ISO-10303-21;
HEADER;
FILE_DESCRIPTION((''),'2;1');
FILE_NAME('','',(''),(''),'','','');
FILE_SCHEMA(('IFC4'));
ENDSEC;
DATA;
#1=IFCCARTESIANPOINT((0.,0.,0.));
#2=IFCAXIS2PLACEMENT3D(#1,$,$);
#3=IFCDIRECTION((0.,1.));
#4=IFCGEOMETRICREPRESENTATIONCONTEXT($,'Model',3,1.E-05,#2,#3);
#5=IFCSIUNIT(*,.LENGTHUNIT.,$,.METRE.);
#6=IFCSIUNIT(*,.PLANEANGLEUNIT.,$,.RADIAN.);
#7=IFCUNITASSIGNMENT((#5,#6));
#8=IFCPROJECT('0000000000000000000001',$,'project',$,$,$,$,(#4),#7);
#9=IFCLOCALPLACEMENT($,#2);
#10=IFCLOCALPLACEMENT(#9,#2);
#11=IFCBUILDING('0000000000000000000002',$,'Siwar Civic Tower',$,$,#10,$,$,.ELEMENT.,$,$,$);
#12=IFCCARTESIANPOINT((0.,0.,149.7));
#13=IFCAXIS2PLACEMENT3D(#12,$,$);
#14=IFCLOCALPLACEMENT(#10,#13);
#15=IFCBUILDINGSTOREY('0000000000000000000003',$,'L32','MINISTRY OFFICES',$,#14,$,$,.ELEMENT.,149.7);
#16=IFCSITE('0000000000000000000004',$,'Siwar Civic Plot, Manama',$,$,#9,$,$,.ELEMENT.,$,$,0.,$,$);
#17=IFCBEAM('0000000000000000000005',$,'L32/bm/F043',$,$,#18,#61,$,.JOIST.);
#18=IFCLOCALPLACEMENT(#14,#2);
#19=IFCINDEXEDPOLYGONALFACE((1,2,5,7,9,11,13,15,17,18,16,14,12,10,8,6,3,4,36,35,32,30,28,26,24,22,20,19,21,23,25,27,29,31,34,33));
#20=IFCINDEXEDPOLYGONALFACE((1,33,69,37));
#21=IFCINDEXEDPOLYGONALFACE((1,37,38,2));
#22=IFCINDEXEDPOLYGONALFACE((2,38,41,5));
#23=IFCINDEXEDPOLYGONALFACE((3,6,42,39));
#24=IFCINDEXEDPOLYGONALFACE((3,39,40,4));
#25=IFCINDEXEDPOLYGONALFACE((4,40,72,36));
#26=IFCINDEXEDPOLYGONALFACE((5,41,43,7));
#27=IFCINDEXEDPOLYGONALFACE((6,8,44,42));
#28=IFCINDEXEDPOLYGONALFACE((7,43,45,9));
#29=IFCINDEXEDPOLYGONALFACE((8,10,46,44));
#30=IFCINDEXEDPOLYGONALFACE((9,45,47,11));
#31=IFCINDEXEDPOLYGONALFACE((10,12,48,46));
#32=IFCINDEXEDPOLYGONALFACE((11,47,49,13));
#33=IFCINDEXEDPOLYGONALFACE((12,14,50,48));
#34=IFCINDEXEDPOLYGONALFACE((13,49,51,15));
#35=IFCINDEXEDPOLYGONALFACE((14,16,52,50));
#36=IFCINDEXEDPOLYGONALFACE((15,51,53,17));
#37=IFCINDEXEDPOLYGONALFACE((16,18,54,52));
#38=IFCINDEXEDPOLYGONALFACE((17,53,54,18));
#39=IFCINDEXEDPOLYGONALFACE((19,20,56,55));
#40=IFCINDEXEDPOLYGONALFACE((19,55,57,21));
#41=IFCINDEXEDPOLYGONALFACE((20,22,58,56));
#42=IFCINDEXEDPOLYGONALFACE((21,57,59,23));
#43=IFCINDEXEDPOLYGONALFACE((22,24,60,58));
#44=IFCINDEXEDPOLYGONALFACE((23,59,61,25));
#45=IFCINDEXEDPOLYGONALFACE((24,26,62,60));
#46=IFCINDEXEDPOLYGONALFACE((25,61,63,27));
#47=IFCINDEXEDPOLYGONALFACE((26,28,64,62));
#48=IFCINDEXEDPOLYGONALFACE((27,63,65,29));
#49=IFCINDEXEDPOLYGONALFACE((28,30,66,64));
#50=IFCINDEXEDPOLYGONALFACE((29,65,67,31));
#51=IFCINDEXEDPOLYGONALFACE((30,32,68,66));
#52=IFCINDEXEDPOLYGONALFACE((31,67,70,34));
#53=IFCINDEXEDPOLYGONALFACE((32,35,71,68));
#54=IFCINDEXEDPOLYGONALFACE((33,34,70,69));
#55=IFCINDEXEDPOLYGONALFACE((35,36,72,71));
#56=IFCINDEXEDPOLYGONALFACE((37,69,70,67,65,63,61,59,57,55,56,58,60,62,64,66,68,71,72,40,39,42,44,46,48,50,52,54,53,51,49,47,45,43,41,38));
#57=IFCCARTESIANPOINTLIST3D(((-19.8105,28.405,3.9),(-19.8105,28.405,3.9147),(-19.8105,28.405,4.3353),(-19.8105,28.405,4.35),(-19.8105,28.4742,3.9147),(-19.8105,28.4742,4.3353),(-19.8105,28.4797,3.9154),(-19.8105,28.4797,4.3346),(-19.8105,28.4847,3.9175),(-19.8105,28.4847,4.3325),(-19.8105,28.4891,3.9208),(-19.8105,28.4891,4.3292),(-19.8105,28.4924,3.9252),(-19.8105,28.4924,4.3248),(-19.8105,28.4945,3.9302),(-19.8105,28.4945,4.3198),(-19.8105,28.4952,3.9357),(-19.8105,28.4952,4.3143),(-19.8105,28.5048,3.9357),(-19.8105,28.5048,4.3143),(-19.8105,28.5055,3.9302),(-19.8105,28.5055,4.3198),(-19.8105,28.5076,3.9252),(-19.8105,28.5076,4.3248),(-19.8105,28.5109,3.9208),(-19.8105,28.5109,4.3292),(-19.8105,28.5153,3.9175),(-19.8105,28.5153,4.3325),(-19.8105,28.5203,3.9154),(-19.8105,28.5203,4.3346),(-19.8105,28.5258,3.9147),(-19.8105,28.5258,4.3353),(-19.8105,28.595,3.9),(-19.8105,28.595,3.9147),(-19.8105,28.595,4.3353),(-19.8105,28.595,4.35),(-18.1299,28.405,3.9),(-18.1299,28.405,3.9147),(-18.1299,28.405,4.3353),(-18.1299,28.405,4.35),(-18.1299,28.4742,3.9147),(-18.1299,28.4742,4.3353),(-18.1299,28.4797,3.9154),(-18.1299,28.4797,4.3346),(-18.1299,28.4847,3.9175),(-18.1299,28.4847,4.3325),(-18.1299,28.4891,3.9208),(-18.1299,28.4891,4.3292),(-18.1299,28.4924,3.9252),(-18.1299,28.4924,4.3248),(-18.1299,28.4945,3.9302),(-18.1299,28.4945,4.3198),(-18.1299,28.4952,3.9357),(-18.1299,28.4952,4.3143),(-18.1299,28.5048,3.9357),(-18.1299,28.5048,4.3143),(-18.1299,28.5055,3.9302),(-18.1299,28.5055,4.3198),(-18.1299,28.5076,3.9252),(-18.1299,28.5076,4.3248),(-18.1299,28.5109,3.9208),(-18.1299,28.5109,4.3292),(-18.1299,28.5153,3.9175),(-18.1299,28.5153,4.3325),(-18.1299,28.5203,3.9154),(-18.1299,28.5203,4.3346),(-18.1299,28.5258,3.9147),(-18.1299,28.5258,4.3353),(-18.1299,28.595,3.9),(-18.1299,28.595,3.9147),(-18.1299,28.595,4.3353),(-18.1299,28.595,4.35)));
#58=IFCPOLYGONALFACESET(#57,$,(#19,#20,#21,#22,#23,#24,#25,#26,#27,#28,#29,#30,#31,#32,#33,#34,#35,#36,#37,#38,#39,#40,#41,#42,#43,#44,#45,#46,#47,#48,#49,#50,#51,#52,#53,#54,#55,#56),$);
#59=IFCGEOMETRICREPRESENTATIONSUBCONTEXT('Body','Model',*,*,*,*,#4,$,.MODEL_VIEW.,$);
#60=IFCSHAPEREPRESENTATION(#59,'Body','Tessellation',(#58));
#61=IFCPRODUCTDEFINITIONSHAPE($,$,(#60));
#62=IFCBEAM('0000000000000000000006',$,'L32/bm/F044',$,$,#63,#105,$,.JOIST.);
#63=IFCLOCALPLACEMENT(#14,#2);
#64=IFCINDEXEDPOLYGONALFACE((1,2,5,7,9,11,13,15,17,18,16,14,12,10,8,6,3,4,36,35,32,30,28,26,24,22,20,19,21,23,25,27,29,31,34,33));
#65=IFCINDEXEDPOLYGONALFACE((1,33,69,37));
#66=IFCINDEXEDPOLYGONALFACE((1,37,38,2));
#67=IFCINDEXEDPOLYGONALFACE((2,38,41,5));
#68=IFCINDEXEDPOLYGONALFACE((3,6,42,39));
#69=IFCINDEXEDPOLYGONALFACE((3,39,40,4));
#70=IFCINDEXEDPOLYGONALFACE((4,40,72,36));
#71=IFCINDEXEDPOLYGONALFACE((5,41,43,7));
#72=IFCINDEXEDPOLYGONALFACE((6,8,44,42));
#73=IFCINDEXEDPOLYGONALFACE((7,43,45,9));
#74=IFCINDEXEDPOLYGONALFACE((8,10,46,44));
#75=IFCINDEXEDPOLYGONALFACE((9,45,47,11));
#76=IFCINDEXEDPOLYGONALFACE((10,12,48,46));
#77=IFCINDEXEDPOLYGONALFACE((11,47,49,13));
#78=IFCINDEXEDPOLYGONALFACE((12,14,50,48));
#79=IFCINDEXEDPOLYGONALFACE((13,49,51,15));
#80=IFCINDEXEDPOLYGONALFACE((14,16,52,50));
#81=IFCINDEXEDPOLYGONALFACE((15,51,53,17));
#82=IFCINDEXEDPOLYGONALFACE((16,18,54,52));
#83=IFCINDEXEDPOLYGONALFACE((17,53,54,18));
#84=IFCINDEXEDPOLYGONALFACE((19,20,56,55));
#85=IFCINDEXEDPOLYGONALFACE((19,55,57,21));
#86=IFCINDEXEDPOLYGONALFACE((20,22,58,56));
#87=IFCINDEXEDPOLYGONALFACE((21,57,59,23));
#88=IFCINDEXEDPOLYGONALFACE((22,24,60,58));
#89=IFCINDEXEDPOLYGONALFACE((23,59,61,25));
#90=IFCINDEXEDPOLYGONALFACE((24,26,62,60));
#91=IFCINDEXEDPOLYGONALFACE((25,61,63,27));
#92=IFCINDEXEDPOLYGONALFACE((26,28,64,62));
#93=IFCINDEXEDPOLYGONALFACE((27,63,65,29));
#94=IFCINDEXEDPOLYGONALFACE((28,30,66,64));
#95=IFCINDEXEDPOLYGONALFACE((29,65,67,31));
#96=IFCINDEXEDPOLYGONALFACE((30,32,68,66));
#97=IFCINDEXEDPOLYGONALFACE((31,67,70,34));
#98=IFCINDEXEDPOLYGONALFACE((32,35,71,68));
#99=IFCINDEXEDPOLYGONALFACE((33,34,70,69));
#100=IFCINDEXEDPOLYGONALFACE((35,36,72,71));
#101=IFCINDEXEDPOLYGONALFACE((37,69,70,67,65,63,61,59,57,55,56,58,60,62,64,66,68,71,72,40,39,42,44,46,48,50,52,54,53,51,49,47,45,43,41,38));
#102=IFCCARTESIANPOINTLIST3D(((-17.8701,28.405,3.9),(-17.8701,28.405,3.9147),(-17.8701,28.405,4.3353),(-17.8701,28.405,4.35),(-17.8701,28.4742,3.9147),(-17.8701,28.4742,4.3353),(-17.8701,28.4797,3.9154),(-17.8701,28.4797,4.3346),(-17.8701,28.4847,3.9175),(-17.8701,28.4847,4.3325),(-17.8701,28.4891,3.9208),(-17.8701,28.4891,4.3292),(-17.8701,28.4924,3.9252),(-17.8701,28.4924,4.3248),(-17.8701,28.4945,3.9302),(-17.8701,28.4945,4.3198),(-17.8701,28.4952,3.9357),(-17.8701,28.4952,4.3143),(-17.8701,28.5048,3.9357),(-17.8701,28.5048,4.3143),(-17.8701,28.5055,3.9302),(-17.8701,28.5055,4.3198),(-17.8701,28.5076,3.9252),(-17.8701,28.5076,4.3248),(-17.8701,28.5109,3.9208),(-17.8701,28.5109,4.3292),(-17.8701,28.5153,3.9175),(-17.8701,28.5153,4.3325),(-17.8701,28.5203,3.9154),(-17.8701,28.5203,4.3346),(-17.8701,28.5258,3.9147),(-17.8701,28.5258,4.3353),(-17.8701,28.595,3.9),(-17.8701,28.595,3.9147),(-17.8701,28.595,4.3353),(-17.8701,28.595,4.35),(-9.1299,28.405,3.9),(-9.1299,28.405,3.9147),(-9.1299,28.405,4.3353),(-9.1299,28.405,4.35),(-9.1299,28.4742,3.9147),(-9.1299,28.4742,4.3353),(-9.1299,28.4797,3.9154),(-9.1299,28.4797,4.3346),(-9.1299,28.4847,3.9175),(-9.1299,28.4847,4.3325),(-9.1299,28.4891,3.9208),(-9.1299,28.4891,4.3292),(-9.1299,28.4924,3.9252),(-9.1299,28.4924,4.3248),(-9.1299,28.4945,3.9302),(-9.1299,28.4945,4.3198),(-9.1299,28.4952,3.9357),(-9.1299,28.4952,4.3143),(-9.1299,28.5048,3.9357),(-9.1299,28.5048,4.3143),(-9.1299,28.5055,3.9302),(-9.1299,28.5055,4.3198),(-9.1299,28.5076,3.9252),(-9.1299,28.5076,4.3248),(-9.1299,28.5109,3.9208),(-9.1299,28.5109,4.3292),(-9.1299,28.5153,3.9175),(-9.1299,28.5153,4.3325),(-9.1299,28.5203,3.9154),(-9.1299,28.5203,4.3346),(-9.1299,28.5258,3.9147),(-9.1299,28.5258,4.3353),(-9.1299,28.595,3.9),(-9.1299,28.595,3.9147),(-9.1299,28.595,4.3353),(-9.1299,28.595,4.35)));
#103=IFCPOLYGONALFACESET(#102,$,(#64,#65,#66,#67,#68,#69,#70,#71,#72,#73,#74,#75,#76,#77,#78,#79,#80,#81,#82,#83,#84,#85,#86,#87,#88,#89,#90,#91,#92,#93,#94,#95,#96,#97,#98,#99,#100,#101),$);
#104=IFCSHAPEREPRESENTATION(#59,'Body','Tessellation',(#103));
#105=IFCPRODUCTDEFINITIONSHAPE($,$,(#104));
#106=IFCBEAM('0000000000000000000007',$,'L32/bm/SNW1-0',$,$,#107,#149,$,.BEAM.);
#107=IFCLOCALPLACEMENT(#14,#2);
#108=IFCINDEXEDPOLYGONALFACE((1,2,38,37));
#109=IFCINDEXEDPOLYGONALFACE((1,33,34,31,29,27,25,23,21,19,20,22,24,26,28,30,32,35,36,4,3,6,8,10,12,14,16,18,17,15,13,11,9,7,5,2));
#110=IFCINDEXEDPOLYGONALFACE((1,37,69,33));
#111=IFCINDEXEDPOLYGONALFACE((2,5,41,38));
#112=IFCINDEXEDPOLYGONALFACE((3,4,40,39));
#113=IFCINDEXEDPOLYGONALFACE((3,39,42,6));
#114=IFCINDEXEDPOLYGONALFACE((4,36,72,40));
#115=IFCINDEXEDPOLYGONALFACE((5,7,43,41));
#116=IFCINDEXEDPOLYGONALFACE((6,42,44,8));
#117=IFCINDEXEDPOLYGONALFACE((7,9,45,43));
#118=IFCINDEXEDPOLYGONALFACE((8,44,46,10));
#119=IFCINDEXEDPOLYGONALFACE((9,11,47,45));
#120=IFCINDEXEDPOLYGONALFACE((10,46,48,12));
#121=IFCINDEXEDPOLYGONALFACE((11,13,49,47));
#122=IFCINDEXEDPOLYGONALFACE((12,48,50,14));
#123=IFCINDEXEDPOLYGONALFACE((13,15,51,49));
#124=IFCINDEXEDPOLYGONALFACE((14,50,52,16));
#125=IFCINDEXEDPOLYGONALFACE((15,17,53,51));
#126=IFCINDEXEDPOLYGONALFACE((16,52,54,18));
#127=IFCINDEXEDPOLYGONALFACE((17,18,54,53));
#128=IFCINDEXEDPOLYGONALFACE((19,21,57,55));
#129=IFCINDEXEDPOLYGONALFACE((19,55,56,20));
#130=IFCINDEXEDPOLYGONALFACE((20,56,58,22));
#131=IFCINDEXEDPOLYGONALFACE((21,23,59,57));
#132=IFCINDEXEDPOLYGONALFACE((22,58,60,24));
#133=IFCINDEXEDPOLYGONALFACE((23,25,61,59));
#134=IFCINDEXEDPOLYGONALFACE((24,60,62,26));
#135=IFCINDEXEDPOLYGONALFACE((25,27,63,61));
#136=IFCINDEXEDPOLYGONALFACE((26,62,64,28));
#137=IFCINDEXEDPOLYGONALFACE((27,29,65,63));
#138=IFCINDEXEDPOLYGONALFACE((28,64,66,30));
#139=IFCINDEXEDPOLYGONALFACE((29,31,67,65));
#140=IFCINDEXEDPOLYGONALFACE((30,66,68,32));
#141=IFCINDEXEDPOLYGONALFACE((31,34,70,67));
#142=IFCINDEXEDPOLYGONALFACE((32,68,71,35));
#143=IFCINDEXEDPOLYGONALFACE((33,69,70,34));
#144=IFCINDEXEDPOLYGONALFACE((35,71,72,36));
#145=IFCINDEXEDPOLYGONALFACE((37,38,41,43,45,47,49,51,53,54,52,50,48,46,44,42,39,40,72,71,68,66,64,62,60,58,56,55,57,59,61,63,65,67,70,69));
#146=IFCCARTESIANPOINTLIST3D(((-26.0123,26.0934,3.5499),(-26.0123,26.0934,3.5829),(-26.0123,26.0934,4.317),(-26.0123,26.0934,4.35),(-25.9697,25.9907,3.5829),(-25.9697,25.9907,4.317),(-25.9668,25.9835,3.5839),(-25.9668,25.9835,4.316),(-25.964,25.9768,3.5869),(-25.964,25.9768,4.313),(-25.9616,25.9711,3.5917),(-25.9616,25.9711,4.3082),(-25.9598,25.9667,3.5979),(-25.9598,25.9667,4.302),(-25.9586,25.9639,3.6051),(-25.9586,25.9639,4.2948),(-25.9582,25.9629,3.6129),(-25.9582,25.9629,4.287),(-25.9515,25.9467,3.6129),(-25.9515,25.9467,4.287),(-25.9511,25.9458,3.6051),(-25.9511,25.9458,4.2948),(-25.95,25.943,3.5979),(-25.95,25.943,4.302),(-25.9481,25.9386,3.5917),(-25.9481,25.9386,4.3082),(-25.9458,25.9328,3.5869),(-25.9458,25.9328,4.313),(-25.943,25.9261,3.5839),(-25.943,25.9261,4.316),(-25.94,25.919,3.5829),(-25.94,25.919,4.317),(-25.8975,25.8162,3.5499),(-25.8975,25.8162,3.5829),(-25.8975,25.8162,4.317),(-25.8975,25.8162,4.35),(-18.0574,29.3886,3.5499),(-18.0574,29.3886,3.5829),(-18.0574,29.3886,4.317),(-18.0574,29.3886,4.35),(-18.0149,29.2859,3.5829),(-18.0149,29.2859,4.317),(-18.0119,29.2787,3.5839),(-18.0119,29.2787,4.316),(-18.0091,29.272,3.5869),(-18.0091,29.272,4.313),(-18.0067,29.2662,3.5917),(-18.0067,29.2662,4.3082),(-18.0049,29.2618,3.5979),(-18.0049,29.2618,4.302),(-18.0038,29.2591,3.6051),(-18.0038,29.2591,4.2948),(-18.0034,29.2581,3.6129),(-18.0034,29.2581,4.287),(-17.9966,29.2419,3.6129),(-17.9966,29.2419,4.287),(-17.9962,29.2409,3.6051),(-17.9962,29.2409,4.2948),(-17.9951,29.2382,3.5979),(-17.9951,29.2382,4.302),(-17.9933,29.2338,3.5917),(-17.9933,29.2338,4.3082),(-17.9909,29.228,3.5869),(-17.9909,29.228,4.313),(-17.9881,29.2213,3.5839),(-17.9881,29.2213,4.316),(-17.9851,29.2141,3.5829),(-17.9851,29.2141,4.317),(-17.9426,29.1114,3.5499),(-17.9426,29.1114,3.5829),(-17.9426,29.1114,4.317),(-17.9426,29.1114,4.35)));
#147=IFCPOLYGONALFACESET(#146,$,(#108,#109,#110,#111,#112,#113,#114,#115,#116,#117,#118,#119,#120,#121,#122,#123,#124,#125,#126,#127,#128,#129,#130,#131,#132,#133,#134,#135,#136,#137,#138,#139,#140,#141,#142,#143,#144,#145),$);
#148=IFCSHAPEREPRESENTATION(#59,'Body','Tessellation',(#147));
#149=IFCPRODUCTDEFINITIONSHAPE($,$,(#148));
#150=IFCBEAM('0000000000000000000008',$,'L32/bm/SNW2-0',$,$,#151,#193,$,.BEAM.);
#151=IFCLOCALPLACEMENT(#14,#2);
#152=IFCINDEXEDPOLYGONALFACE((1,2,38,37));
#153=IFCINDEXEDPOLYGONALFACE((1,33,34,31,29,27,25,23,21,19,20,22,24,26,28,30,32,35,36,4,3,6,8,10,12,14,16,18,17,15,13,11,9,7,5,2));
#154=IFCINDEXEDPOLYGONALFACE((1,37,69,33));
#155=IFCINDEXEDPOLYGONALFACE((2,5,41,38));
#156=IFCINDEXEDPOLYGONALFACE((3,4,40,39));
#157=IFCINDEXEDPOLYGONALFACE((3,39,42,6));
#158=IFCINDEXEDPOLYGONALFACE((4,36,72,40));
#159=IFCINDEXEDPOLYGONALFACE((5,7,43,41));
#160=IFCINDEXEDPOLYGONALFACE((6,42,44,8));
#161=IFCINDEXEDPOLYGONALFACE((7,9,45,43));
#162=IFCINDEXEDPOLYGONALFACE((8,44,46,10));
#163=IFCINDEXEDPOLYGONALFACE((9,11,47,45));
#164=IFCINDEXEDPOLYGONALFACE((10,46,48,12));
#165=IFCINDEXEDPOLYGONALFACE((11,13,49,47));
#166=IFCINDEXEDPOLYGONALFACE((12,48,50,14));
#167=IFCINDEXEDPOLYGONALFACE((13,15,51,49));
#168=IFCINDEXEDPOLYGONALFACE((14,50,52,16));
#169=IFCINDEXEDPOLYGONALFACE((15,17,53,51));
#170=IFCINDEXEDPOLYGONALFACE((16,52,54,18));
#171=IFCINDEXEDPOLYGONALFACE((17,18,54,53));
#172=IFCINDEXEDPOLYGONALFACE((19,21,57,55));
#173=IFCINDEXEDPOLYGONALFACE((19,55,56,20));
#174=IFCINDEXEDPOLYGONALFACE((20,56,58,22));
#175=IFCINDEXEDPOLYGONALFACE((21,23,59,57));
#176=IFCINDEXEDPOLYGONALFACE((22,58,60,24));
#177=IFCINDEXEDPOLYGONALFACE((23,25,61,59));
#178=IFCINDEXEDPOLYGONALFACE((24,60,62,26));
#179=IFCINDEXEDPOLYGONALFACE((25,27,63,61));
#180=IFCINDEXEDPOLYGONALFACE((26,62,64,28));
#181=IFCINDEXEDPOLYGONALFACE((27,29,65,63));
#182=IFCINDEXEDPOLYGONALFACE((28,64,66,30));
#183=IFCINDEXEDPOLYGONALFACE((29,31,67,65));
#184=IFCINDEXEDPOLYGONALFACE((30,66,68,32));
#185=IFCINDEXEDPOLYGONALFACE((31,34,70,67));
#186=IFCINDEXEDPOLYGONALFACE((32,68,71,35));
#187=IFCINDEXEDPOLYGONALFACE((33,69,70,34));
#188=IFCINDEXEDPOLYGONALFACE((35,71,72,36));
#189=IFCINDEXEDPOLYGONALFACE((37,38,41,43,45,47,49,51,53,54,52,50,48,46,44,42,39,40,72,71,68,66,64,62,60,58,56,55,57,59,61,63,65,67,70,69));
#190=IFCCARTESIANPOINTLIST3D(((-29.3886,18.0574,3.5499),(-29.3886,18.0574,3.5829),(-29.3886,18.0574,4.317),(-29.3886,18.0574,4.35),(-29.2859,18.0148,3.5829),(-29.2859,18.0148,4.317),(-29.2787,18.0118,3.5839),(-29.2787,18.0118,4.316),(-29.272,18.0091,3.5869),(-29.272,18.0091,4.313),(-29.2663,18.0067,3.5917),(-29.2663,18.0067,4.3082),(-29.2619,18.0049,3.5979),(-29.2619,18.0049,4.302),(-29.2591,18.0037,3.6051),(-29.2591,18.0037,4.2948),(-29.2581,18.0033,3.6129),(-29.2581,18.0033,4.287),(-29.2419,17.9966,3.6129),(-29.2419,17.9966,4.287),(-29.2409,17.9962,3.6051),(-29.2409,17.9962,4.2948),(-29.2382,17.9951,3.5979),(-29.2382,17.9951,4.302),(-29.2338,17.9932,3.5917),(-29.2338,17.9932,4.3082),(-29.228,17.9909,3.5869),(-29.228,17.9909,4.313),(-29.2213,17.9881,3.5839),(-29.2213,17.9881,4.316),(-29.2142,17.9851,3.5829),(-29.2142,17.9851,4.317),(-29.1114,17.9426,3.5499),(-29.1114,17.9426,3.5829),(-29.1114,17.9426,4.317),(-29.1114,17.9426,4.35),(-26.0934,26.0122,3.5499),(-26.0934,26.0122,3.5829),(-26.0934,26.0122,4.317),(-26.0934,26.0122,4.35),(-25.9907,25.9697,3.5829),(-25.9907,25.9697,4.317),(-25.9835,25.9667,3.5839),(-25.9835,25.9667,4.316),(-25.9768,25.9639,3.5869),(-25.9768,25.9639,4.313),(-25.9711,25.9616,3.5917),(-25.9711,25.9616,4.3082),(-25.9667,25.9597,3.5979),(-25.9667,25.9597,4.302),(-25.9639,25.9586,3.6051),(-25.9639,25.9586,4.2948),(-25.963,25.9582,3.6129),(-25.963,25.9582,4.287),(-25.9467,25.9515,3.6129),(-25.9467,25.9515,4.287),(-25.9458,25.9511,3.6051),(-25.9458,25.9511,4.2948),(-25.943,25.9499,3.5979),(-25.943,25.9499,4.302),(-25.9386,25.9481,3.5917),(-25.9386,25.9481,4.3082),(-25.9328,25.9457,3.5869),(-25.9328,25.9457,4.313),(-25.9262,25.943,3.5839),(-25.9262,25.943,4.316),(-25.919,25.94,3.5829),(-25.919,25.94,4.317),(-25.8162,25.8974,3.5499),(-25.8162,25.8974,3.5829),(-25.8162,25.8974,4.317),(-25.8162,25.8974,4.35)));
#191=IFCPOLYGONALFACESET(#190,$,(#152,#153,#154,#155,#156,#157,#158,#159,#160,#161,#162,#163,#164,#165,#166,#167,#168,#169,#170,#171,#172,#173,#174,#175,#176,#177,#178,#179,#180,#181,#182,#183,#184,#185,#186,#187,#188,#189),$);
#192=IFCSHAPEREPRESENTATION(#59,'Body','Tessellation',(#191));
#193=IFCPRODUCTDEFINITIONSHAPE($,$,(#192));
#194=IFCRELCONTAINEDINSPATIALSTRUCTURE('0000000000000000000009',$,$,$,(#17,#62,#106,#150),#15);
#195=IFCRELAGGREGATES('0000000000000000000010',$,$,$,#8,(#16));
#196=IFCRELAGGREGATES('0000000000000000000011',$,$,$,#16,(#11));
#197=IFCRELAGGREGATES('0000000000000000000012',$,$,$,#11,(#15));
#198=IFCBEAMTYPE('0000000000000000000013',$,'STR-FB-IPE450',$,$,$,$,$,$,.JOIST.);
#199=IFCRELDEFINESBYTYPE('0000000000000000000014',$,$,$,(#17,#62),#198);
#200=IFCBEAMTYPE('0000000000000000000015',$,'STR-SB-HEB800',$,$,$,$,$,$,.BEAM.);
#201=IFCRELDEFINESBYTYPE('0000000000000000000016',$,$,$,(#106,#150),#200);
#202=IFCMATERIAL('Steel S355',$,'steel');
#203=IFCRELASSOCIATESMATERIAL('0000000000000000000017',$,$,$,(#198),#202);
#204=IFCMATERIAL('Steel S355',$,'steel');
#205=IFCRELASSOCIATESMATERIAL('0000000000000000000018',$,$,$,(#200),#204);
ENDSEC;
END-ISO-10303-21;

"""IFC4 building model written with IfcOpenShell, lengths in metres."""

from ifc_helpers import new_model, si_unit, direction, frame, origin, origin_2d, place, context, subcontext, project, spatial, i_section, extrude, material, material_profile, profile_set, type_object, element, save


model = new_model("IFC4")

# Units and contexts
model_context = context("Model", 3, precision=1e-05, world=origin(), true_north=direction((0.0, 1.0)))
body_context = subcontext(model_context, "Body", "Model", "MODEL_VIEW")
ifc_project = project(units=[si_unit("LENGTHUNIT", "METRE"), si_unit("PLANEANGLEUNIT", "RADIAN")], contexts=[model_context])

# Site, building, storey
site_placement = place(None, origin())
site = spatial("IfcSite", under=ifc_project, at=site_placement, Name="Siwar Civic Plot, Manama", CompositionType="ELEMENT", RefElevation=0.0)
building_placement = place(site_placement, origin())
building = spatial("IfcBuilding", under=site, at=building_placement, Name="Siwar Civic Tower", CompositionType="ELEMENT")
storey_placement = place(building_placement, frame((0.0, 0.0, 149.7)))
storey = spatial("IfcBuildingStorey", under=building, at=storey_placement, Name="L32", Description="MINISTRY OFFICES", CompositionType="ELEMENT", Elevation=149.7)

# Beams
ifc_material_1 = material(Name="Steel S355", Category="steel")
ifc_material_profile_1 = material_profile(ifc_material_1, i_section(OverallWidth=0.1899, OverallDepth=0.45, WebThickness=0.0095, FlangeThickness=0.0146, FilletRadius=0.021, at=origin_2d()), Name="IPE450")
ifc_profile_set_1 = profile_set([ifc_material_profile_1], Name="Steel S355")
beam_type_1 = type_object("IfcBeamType", Name="STR-FB-IPE450", PredefinedType="JOIST", material=ifc_profile_set_1)
beam_1_placement = place(storey_placement, frame((-19.8105, 28.5, 4.125), z_axis=(1.0, 0.0, 0.0), x_axis=(0.0, 1.0, 0.0)))
element("IfcBeam", 1, at=beam_1_placement, inside=storey, type_object=beam_type_1, Name="L32/bm/F043", PredefinedType="JOIST", context=body_context, shape_type="SweptSolid", body=[
    extrude(i_section(OverallWidth=0.1899, OverallDepth=0.45, WebThickness=0.0095, FlangeThickness=0.0146, FilletRadius=0.021, at=origin_2d()), origin(), (0.0, 0.0, 1.0), 1.6807),
])
beam_2_placement = place(storey_placement, frame((-17.8701, 28.5, 4.125), z_axis=(1.0, 0.0, 0.0), x_axis=(0.0, 1.0, 0.0)))
element("IfcBeam", 2, at=beam_2_placement, inside=storey, type_object=beam_type_1, Name="L32/bm/F044", PredefinedType="JOIST", context=body_context, shape_type="SweptSolid", body=[
    extrude(i_section(OverallWidth=0.1899, OverallDepth=0.45, WebThickness=0.0095, FlangeThickness=0.0146, FilletRadius=0.021, at=origin_2d()), origin(), (0.0, 0.0, 1.0), 8.7402),
])
ifc_material_2 = material(Name="Steel S355", Category="steel")
ifc_material_profile_2 = material_profile(ifc_material_2, i_section(OverallWidth=0.3, OverallDepth=0.8, WebThickness=0.0176, FlangeThickness=0.033, FilletRadius=0.03, at=origin_2d()), Name="HEB800")
ifc_profile_set_2 = profile_set([ifc_material_profile_2], Name="Steel S355")
beam_type_2 = type_object("IfcBeamType", Name="STR-SB-HEB800", PredefinedType="BEAM", material=ifc_profile_set_2)
for number, where, z_axis, x_axis, name in (
    (3, (-18.0, 29.25, 3.95), (-0.923873, -0.3827, 0.0), (0.3827, -0.923873, 0.0), "L32/bm/SNW1-0"),
    (4, (-25.9548, 25.9548, 3.95), (-0.3827, -0.923873, 0.0), (0.923873, -0.3827, 0.0), "L32/bm/SNW2-0"),
):
    element("IfcBeam", number, at=place(storey_placement, frame(where, z_axis=z_axis, x_axis=x_axis)), inside=storey, type_object=beam_type_2, Name=name, PredefinedType="BEAM", context=body_context, shape_type="SweptSolid", body=[
        extrude(i_section(OverallWidth=0.3, OverallDepth=0.8, WebThickness=0.0176, FlangeThickness=0.033, FilletRadius=0.03, at=origin_2d()), origin(), (0.0, 0.0, 1.0), 8.6104),
    ])

save(model, "model.ifc")
